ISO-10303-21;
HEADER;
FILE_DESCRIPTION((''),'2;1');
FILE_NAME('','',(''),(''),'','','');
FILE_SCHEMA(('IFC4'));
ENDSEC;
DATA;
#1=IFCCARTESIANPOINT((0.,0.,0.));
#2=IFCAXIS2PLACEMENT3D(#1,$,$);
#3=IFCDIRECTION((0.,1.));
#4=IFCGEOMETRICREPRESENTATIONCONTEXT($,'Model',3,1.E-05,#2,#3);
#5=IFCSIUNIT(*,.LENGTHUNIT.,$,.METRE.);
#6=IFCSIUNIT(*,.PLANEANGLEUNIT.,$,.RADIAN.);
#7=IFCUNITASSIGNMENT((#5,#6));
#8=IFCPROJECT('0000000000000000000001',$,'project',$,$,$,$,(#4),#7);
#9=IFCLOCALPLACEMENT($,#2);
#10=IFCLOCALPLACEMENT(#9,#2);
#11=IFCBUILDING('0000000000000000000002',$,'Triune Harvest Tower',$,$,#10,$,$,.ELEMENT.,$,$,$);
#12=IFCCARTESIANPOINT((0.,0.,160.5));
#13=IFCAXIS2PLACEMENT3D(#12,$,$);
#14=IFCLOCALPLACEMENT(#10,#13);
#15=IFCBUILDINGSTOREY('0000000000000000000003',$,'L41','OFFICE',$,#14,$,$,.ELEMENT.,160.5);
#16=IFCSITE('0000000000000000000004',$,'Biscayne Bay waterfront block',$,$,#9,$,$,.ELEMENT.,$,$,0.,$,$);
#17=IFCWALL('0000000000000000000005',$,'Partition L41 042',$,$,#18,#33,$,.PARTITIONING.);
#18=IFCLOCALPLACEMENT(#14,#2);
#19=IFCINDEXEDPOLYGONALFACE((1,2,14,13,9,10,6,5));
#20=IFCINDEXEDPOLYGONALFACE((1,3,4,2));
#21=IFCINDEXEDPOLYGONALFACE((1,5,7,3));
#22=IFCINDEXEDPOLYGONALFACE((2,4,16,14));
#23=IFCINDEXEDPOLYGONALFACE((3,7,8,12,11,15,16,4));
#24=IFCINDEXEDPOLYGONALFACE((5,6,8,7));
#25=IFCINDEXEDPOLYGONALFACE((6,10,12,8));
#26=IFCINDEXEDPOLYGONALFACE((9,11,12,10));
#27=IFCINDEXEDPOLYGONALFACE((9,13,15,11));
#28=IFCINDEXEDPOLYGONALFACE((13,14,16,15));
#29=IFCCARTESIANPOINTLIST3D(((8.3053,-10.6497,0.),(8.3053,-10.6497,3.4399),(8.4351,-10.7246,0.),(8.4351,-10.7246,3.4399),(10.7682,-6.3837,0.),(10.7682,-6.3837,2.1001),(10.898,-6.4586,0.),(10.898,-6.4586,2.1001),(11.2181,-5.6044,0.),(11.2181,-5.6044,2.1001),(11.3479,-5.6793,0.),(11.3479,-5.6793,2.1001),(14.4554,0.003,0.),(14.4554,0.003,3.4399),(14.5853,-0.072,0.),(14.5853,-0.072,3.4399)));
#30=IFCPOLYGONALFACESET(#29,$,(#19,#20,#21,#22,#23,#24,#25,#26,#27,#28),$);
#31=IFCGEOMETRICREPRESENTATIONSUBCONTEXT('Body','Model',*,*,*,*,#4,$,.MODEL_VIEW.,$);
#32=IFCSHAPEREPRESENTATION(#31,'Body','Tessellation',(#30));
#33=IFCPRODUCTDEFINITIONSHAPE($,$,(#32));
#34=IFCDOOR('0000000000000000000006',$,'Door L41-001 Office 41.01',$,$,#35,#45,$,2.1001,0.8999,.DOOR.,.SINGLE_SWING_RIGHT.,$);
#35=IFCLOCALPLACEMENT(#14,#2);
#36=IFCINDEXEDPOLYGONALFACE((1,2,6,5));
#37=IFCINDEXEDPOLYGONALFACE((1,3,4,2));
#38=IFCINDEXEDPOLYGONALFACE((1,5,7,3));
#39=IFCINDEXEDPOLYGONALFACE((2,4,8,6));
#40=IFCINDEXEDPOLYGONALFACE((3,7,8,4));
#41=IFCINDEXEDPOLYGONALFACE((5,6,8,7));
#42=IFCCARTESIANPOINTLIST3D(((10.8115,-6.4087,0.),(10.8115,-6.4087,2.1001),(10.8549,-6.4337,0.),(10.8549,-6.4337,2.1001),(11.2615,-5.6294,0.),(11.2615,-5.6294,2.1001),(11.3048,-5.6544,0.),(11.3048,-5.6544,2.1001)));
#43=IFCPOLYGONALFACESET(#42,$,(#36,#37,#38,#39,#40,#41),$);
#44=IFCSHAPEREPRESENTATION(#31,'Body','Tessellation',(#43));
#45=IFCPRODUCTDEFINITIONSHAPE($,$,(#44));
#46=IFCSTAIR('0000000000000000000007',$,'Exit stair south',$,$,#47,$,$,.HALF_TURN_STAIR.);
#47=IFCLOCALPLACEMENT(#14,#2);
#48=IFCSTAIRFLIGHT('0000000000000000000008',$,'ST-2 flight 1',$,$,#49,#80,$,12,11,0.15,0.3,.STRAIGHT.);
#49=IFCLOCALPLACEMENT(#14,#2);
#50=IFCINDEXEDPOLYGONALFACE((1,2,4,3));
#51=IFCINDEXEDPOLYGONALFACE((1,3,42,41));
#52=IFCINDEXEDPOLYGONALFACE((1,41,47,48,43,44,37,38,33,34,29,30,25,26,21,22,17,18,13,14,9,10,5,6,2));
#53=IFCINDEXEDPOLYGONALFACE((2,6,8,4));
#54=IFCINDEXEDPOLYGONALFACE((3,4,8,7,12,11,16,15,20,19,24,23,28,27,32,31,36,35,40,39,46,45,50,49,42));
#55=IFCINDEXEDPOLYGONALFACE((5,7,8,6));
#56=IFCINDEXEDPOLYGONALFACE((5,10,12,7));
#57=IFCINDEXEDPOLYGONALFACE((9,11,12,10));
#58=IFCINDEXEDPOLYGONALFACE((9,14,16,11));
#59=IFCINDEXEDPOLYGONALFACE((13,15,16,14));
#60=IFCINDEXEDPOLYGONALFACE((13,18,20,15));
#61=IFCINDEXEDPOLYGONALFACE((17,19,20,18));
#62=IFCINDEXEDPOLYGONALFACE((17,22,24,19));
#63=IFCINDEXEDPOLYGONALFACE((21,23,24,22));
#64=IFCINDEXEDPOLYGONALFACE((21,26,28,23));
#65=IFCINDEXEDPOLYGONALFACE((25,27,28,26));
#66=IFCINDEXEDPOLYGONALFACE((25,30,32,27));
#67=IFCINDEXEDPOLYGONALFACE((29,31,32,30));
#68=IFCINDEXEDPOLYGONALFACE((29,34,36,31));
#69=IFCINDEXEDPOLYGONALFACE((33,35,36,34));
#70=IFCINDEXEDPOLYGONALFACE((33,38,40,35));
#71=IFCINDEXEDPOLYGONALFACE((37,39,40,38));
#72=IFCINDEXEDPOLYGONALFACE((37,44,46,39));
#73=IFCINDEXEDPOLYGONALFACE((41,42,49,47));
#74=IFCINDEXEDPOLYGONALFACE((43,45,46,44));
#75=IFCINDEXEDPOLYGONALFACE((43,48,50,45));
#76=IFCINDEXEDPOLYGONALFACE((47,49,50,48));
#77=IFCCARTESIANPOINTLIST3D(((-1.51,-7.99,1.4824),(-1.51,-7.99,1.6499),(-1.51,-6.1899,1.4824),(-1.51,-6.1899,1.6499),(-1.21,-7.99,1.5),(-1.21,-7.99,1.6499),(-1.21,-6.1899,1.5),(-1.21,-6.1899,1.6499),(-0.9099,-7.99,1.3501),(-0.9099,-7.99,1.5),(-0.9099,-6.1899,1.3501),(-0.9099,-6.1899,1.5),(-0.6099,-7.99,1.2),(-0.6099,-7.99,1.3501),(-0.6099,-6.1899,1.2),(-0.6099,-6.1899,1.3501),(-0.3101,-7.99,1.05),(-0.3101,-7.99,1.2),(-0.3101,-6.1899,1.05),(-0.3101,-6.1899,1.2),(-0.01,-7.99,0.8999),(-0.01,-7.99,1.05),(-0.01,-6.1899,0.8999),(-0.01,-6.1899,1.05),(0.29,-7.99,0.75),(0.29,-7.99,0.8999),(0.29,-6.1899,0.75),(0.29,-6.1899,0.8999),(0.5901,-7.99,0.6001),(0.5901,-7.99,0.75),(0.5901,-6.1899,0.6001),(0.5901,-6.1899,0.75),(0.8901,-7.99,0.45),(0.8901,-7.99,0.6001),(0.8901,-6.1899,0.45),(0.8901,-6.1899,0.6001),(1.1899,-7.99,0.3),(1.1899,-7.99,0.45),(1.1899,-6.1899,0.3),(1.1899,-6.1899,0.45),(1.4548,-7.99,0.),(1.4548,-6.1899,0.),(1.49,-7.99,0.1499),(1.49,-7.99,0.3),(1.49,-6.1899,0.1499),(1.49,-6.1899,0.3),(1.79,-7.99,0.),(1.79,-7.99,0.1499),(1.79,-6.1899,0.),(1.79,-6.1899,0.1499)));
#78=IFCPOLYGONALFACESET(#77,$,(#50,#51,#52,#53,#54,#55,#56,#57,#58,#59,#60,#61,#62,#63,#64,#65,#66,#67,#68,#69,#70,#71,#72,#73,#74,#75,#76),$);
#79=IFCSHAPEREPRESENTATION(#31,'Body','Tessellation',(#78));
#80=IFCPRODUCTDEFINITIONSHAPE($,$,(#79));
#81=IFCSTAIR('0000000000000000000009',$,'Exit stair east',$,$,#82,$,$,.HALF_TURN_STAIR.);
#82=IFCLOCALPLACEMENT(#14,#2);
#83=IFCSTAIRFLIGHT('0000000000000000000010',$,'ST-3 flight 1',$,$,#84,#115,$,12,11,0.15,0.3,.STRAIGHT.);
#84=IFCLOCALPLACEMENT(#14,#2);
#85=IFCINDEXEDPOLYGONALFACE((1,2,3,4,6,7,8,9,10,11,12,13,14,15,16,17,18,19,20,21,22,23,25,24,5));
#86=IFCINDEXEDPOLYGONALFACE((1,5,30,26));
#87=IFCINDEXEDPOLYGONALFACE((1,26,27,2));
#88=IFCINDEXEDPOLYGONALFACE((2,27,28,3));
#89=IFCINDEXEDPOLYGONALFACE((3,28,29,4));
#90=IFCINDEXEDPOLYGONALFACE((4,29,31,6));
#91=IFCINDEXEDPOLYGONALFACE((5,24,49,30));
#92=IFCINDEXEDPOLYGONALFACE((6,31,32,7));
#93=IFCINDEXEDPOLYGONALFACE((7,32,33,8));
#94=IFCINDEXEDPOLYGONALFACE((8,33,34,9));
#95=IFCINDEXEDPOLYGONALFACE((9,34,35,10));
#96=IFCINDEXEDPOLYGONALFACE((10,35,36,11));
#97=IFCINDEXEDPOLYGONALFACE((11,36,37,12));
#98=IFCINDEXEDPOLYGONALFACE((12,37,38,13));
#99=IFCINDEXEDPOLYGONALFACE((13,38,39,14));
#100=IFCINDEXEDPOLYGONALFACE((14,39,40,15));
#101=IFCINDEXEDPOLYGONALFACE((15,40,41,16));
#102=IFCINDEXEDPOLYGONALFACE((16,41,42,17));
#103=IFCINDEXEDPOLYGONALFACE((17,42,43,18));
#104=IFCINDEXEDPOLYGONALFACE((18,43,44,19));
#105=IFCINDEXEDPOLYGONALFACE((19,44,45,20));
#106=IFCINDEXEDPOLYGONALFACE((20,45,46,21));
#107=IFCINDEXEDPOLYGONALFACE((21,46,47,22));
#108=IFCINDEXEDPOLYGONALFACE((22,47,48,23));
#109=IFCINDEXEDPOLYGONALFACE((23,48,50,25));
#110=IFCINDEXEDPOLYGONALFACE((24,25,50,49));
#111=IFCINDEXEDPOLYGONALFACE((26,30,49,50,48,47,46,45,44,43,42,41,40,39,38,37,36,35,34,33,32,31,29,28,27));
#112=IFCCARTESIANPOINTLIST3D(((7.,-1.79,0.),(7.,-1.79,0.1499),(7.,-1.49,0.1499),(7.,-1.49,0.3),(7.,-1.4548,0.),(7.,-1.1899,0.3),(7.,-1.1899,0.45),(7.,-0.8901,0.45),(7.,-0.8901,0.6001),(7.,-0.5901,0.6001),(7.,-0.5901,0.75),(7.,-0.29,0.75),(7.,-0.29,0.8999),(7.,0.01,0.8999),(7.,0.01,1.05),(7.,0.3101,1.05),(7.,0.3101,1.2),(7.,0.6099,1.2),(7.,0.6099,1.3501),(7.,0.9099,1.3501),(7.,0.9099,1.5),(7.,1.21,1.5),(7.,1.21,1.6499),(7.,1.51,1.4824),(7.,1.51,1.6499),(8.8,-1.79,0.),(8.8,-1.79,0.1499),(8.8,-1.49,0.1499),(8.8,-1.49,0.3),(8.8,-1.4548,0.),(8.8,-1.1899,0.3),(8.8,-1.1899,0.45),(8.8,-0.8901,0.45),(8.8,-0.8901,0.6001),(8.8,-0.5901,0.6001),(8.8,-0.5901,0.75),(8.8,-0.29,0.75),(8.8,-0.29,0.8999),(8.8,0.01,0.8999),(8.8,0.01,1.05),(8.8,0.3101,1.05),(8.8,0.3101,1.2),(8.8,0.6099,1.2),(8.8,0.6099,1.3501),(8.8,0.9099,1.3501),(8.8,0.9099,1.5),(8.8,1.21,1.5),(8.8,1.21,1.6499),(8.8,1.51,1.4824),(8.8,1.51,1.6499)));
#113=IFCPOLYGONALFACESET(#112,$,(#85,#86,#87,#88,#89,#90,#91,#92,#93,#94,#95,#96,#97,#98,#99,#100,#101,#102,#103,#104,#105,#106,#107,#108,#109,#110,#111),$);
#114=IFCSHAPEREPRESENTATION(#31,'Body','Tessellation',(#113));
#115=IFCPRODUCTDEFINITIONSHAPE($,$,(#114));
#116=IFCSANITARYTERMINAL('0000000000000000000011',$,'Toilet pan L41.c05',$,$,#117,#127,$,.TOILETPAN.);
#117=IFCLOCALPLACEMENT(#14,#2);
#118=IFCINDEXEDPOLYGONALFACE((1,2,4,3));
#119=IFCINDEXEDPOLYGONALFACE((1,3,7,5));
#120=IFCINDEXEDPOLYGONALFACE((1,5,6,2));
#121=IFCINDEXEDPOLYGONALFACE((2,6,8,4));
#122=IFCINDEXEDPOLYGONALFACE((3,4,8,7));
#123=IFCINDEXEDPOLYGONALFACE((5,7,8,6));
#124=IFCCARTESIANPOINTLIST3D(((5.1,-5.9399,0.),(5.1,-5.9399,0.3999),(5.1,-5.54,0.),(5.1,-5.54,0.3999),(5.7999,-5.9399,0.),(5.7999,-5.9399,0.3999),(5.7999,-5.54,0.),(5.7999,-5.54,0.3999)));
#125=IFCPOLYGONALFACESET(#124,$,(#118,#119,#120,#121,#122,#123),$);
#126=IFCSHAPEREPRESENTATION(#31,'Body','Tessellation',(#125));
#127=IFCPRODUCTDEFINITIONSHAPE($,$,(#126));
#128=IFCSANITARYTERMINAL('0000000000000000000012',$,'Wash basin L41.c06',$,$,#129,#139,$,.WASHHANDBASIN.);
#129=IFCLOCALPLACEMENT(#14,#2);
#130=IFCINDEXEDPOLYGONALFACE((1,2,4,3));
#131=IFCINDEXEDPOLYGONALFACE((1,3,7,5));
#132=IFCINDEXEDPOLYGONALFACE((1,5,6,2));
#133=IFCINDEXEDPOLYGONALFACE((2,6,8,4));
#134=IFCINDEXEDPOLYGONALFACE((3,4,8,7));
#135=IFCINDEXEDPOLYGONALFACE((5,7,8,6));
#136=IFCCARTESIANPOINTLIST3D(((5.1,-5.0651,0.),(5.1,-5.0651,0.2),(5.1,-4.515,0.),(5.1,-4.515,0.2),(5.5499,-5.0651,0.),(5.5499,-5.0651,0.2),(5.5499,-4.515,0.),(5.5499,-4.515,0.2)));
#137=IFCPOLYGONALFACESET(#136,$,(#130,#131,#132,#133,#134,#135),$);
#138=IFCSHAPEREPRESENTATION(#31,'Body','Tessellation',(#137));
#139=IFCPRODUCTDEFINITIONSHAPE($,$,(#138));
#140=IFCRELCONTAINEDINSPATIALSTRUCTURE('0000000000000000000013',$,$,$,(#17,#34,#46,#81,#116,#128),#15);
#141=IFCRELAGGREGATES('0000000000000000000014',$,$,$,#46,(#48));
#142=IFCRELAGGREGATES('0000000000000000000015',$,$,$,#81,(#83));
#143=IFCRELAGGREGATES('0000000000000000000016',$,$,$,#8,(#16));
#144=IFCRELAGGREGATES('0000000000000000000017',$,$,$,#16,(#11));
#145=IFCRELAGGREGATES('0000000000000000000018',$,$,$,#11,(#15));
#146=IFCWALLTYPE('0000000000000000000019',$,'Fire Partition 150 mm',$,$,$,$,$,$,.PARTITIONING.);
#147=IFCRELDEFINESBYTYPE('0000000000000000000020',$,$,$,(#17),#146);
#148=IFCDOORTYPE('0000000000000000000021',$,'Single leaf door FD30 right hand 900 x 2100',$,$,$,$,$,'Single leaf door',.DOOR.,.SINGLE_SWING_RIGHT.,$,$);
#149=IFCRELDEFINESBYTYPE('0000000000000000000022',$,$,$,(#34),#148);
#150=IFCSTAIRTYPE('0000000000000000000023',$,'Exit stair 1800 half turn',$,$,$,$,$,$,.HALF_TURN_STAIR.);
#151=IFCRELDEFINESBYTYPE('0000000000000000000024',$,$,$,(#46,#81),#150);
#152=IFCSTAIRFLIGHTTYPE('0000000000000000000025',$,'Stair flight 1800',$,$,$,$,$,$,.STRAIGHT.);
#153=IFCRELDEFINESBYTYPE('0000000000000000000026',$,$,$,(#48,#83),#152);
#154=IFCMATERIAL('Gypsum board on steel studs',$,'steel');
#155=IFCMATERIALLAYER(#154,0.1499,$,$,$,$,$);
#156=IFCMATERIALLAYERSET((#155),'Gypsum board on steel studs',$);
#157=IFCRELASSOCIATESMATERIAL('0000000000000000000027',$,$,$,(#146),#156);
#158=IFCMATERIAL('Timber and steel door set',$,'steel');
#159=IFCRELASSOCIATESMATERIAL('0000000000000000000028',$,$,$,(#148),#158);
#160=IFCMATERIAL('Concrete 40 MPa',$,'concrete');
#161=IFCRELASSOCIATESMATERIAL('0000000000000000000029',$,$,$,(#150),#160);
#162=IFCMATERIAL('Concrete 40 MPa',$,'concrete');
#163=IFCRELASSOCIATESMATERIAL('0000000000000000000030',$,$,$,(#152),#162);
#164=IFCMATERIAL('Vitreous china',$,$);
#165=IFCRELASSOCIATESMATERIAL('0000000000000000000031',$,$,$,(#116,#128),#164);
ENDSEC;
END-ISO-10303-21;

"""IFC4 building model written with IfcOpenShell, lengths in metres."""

from ifc_helpers import new_model, si_unit, direction, frame, frame_2d, origin, origin_2d, place, context, subcontext, project, spatial, polyline, rectangle, outline, extrude, source, transform, mapped, material, layer, layer_set, type_object, element, fill, aggregate, save


model = new_model("IFC4")

# Units and contexts
model_context = context("Model", 3, precision=1e-05, world=origin(), true_north=direction((0.0, 1.0)))
body_context = subcontext(model_context, "Body", "Model", "MODEL_VIEW")
ifc_project = project(units=[si_unit("LENGTHUNIT", "METRE"), si_unit("PLANEANGLEUNIT", "RADIAN")], contexts=[model_context])

# Site, building, storey
site_placement = place(None, origin())
site = spatial("IfcSite", under=ifc_project, at=site_placement, Name="Biscayne Bay waterfront block", CompositionType="ELEMENT", RefElevation=0.0)
building_placement = place(site_placement, origin())
building = spatial("IfcBuilding", under=site, at=building_placement, Name="Triune Harvest Tower", CompositionType="ELEMENT")
storey_placement = place(building_placement, frame((0.0, 0.0, 160.5)))
storey = spatial("IfcBuildingStorey", under=building, at=storey_placement, Name="L41", Description="OFFICE", CompositionType="ELEMENT", Elevation=160.5)

# Wall, opening, door
ifc_material_1 = material(Name="Gypsum board on steel studs", Category="steel")
ifc_layer_1 = layer(ifc_material_1, 0.1499)
ifc_layer_set_1 = layer_set([ifc_layer_1], Name="Gypsum board on steel studs")
wall_type_1 = type_object("IfcWallType", Name="Fire Partition 150 mm", PredefinedType="PARTITIONING", material=ifc_layer_set_1)
shared_shape_1 = source(origin(), body_context, "Body", "SweptSolid", [
    extrude(rectangle(XDim=12.3005, YDim=0.1499, at=frame_2d((6.1504, 0.0))), origin(), (0.0, 0.0, 1.0), 3.4399),
])
wall_1_placement = place(storey_placement, frame((8.3701, -10.6873, 0.0), z_axis=(0.0, 0.0, 1.0), x_axis=(0.499992, 0.86603, 0.0)))
wall_1 = element("IfcWall", 1, at=wall_1_placement, inside=storey, type_object=wall_type_1, Name="Partition L41 042", PredefinedType="PARTITIONING", context=body_context, shape_type="MappedRepresentation", body=[
    mapped(shared_shape_1, transform((0.0, 0.0, 0.0), scale=1.0)),
])
opening_1_placement = place(wall_1_placement, frame((4.926, 0.0, 0.0)))
opening_1 = element("IfcOpeningElement", 2, at=opening_1_placement, cuts=wall_1, PredefinedType="OPENING", context=body_context, shape_type="SweptSolid", body=[
    extrude(rectangle(XDim=0.8999, YDim=2.1001, at=frame_2d((0.45, 1.05))), frame((0.0, 0.085, 0.0), z_axis=(0.0, -1.0, 0.0), x_axis=(1.0, 0.0, 0.0)), (0.0, 0.0, 1.0), 0.1699),
])
ifc_material_2 = material(Name="Timber and steel door set", Category="steel")
door_type_1 = type_object("IfcDoorType", Name="Single leaf door FD30 right hand 900 x 2100", ElementType="Single leaf door", OperationType="SINGLE_SWING_RIGHT", PredefinedType="DOOR", material=ifc_material_2)
door_1_placement = place(opening_1_placement, origin())
door_1 = element("IfcDoor", 3, at=door_1_placement, inside=storey, type_object=door_type_1, Name="Door L41-001 Office 41.01", OperationType="SINGLE_SWING_RIGHT", OverallHeight=2.1001, OverallWidth=0.8999, PredefinedType="DOOR", context=body_context, shape_type="SweptSolid", body=[
    extrude(rectangle(XDim=0.8999, YDim=2.1001, at=frame_2d((0.45, 1.05))), frame((0.0, 0.0249, 0.0), z_axis=(0.0, -1.0, 0.0), x_axis=(1.0, 0.0, 0.0)), (0.0, 0.0, 1.0), 0.05),
])
fill(opening_1, door_1)

# Stairs, stair flights
ifc_material_3 = material(Name="Concrete 40 MPa", Category="concrete")
stair_type = type_object("IfcStairType", Name="Exit stair 1800 half turn", PredefinedType="HALF_TURN_STAIR", material=ifc_material_3)
stair_1_placement = place(storey_placement, origin())
stair_1 = element("IfcStair", 4, at=stair_1_placement, inside=storey, type_object=stair_type, Name="Exit stair south", PredefinedType="HALF_TURN_STAIR")
ifc_material_4 = material(Name="Concrete 40 MPa", Category="concrete")
stair_flight_type = type_object("IfcStairFlightType", Name="Stair flight 1800", PredefinedType="STRAIGHT", material=ifc_material_4)
shared_shape_2 = source(origin(), body_context, "Body", "SweptSolid", [
    extrude(outline(polyline([(0.0, 0.0), (0.0, 0.1499), (0.3, 0.1499), (0.3, 0.3), (0.6001, 0.3), (0.6001, 0.45), (0.8999, 0.45), (0.8999, 0.6001), (1.2, 0.6001), (1.2, 0.75), (1.5, 0.75), (1.5, 0.8999), (1.8, 0.8999), (1.8, 1.05), (2.1001, 1.05), (2.1001, 1.2), (2.3999, 1.2), (2.3999, 1.3501), (2.7, 1.3501), (2.7, 1.5), (3.0, 1.5), (3.0, 1.6499), (3.3, 1.6499), (3.3, 1.8), (3.3, 1.4824), (0.3352, 0.0), (0.0, 0.0)])), frame((0.0, 0.8999, 0.0), z_axis=(0.0, -1.0, 0.0), x_axis=(1.0, 0.0, 0.0)), (0.0, 0.0, 1.0), 1.8),
])
stair_flight_1_placement = place(storey_placement, frame((1.79, -7.0901, 0.0), z_axis=(0.0, 0.0, 1.0), x_axis=(-1.0, 0.0, 0.0)))
stair_flight_1 = element("IfcStairFlight", 5, at=stair_flight_1_placement, type_object=stair_flight_type, Name="ST-2 flight 1", NumberOfRisers=12, NumberOfTreads=11, PredefinedType="STRAIGHT", RiserHeight=0.15, TreadLength=0.3, context=body_context, shape_type="MappedRepresentation", body=[
    mapped(shared_shape_2, transform((0.0, 0.0, 0.0), scale=1.0)),
])
aggregate(stair_1, [stair_flight_1])
stair_2_placement = place(storey_placement, origin())
stair_2 = element("IfcStair", 6, at=stair_2_placement, inside=storey, type_object=stair_type, Name="Exit stair east", PredefinedType="HALF_TURN_STAIR")
stair_flight_2_placement = place(storey_placement, frame((7.8999, -1.79, 0.0), z_axis=(0.0, 0.0, 1.0), x_axis=(0.0, 1.0, 0.0)))
stair_flight_2 = element("IfcStairFlight", 7, at=stair_flight_2_placement, type_object=stair_flight_type, Name="ST-3 flight 1", NumberOfRisers=12, NumberOfTreads=11, PredefinedType="STRAIGHT", RiserHeight=0.15, TreadLength=0.3, context=body_context, shape_type="MappedRepresentation", body=[
    mapped(shared_shape_2, transform((0.0, 0.0, 0.0), scale=1.0)),
])
aggregate(stair_2, [stair_flight_2])

# Sanitary terminals
ifc_material_5 = material(Name="Vitreous china")
shared_shape_3 = source(origin(), body_context, "Body", "SweptSolid", [
    extrude(rectangle(XDim=0.3999, YDim=0.7, at=origin_2d()), origin(), (0.0, 0.0, 1.0), 0.3999),
])
sanitary_terminal_1_placement = place(storey_placement, frame((5.45, -5.74, 0.0), z_axis=(0.0, 0.0, 1.0), x_axis=(0.0, 1.0, 0.0)))
element("IfcSanitaryTerminal", 8, at=sanitary_terminal_1_placement, inside=storey, material=ifc_material_5, Name="Toilet pan L41.c05", PredefinedType="TOILETPAN", context=body_context, shape_type="MappedRepresentation", body=[
    mapped(shared_shape_3, transform((0.0, 0.0, 0.0), scale=1.0)),
])
shared_shape_4 = source(origin(), body_context, "Body", "SweptSolid", [
    extrude(rectangle(XDim=0.55, YDim=0.45, at=origin_2d()), origin(), (0.0, 0.0, 1.0), 0.2),
])
sanitary_terminal_2_placement = place(storey_placement, frame((5.325, -4.79, 0.0), z_axis=(0.0, 0.0, 1.0), x_axis=(0.0, 1.0, 0.0)))
element("IfcSanitaryTerminal", 9, at=sanitary_terminal_2_placement, inside=storey, material=ifc_material_5, Name="Wash basin L41.c06", PredefinedType="WASHHANDBASIN", context=body_context, shape_type="MappedRepresentation", body=[
    mapped(shared_shape_4, transform((0.0, 0.0, 0.0), scale=1.0)),
])

save(model, "model.ifc")
